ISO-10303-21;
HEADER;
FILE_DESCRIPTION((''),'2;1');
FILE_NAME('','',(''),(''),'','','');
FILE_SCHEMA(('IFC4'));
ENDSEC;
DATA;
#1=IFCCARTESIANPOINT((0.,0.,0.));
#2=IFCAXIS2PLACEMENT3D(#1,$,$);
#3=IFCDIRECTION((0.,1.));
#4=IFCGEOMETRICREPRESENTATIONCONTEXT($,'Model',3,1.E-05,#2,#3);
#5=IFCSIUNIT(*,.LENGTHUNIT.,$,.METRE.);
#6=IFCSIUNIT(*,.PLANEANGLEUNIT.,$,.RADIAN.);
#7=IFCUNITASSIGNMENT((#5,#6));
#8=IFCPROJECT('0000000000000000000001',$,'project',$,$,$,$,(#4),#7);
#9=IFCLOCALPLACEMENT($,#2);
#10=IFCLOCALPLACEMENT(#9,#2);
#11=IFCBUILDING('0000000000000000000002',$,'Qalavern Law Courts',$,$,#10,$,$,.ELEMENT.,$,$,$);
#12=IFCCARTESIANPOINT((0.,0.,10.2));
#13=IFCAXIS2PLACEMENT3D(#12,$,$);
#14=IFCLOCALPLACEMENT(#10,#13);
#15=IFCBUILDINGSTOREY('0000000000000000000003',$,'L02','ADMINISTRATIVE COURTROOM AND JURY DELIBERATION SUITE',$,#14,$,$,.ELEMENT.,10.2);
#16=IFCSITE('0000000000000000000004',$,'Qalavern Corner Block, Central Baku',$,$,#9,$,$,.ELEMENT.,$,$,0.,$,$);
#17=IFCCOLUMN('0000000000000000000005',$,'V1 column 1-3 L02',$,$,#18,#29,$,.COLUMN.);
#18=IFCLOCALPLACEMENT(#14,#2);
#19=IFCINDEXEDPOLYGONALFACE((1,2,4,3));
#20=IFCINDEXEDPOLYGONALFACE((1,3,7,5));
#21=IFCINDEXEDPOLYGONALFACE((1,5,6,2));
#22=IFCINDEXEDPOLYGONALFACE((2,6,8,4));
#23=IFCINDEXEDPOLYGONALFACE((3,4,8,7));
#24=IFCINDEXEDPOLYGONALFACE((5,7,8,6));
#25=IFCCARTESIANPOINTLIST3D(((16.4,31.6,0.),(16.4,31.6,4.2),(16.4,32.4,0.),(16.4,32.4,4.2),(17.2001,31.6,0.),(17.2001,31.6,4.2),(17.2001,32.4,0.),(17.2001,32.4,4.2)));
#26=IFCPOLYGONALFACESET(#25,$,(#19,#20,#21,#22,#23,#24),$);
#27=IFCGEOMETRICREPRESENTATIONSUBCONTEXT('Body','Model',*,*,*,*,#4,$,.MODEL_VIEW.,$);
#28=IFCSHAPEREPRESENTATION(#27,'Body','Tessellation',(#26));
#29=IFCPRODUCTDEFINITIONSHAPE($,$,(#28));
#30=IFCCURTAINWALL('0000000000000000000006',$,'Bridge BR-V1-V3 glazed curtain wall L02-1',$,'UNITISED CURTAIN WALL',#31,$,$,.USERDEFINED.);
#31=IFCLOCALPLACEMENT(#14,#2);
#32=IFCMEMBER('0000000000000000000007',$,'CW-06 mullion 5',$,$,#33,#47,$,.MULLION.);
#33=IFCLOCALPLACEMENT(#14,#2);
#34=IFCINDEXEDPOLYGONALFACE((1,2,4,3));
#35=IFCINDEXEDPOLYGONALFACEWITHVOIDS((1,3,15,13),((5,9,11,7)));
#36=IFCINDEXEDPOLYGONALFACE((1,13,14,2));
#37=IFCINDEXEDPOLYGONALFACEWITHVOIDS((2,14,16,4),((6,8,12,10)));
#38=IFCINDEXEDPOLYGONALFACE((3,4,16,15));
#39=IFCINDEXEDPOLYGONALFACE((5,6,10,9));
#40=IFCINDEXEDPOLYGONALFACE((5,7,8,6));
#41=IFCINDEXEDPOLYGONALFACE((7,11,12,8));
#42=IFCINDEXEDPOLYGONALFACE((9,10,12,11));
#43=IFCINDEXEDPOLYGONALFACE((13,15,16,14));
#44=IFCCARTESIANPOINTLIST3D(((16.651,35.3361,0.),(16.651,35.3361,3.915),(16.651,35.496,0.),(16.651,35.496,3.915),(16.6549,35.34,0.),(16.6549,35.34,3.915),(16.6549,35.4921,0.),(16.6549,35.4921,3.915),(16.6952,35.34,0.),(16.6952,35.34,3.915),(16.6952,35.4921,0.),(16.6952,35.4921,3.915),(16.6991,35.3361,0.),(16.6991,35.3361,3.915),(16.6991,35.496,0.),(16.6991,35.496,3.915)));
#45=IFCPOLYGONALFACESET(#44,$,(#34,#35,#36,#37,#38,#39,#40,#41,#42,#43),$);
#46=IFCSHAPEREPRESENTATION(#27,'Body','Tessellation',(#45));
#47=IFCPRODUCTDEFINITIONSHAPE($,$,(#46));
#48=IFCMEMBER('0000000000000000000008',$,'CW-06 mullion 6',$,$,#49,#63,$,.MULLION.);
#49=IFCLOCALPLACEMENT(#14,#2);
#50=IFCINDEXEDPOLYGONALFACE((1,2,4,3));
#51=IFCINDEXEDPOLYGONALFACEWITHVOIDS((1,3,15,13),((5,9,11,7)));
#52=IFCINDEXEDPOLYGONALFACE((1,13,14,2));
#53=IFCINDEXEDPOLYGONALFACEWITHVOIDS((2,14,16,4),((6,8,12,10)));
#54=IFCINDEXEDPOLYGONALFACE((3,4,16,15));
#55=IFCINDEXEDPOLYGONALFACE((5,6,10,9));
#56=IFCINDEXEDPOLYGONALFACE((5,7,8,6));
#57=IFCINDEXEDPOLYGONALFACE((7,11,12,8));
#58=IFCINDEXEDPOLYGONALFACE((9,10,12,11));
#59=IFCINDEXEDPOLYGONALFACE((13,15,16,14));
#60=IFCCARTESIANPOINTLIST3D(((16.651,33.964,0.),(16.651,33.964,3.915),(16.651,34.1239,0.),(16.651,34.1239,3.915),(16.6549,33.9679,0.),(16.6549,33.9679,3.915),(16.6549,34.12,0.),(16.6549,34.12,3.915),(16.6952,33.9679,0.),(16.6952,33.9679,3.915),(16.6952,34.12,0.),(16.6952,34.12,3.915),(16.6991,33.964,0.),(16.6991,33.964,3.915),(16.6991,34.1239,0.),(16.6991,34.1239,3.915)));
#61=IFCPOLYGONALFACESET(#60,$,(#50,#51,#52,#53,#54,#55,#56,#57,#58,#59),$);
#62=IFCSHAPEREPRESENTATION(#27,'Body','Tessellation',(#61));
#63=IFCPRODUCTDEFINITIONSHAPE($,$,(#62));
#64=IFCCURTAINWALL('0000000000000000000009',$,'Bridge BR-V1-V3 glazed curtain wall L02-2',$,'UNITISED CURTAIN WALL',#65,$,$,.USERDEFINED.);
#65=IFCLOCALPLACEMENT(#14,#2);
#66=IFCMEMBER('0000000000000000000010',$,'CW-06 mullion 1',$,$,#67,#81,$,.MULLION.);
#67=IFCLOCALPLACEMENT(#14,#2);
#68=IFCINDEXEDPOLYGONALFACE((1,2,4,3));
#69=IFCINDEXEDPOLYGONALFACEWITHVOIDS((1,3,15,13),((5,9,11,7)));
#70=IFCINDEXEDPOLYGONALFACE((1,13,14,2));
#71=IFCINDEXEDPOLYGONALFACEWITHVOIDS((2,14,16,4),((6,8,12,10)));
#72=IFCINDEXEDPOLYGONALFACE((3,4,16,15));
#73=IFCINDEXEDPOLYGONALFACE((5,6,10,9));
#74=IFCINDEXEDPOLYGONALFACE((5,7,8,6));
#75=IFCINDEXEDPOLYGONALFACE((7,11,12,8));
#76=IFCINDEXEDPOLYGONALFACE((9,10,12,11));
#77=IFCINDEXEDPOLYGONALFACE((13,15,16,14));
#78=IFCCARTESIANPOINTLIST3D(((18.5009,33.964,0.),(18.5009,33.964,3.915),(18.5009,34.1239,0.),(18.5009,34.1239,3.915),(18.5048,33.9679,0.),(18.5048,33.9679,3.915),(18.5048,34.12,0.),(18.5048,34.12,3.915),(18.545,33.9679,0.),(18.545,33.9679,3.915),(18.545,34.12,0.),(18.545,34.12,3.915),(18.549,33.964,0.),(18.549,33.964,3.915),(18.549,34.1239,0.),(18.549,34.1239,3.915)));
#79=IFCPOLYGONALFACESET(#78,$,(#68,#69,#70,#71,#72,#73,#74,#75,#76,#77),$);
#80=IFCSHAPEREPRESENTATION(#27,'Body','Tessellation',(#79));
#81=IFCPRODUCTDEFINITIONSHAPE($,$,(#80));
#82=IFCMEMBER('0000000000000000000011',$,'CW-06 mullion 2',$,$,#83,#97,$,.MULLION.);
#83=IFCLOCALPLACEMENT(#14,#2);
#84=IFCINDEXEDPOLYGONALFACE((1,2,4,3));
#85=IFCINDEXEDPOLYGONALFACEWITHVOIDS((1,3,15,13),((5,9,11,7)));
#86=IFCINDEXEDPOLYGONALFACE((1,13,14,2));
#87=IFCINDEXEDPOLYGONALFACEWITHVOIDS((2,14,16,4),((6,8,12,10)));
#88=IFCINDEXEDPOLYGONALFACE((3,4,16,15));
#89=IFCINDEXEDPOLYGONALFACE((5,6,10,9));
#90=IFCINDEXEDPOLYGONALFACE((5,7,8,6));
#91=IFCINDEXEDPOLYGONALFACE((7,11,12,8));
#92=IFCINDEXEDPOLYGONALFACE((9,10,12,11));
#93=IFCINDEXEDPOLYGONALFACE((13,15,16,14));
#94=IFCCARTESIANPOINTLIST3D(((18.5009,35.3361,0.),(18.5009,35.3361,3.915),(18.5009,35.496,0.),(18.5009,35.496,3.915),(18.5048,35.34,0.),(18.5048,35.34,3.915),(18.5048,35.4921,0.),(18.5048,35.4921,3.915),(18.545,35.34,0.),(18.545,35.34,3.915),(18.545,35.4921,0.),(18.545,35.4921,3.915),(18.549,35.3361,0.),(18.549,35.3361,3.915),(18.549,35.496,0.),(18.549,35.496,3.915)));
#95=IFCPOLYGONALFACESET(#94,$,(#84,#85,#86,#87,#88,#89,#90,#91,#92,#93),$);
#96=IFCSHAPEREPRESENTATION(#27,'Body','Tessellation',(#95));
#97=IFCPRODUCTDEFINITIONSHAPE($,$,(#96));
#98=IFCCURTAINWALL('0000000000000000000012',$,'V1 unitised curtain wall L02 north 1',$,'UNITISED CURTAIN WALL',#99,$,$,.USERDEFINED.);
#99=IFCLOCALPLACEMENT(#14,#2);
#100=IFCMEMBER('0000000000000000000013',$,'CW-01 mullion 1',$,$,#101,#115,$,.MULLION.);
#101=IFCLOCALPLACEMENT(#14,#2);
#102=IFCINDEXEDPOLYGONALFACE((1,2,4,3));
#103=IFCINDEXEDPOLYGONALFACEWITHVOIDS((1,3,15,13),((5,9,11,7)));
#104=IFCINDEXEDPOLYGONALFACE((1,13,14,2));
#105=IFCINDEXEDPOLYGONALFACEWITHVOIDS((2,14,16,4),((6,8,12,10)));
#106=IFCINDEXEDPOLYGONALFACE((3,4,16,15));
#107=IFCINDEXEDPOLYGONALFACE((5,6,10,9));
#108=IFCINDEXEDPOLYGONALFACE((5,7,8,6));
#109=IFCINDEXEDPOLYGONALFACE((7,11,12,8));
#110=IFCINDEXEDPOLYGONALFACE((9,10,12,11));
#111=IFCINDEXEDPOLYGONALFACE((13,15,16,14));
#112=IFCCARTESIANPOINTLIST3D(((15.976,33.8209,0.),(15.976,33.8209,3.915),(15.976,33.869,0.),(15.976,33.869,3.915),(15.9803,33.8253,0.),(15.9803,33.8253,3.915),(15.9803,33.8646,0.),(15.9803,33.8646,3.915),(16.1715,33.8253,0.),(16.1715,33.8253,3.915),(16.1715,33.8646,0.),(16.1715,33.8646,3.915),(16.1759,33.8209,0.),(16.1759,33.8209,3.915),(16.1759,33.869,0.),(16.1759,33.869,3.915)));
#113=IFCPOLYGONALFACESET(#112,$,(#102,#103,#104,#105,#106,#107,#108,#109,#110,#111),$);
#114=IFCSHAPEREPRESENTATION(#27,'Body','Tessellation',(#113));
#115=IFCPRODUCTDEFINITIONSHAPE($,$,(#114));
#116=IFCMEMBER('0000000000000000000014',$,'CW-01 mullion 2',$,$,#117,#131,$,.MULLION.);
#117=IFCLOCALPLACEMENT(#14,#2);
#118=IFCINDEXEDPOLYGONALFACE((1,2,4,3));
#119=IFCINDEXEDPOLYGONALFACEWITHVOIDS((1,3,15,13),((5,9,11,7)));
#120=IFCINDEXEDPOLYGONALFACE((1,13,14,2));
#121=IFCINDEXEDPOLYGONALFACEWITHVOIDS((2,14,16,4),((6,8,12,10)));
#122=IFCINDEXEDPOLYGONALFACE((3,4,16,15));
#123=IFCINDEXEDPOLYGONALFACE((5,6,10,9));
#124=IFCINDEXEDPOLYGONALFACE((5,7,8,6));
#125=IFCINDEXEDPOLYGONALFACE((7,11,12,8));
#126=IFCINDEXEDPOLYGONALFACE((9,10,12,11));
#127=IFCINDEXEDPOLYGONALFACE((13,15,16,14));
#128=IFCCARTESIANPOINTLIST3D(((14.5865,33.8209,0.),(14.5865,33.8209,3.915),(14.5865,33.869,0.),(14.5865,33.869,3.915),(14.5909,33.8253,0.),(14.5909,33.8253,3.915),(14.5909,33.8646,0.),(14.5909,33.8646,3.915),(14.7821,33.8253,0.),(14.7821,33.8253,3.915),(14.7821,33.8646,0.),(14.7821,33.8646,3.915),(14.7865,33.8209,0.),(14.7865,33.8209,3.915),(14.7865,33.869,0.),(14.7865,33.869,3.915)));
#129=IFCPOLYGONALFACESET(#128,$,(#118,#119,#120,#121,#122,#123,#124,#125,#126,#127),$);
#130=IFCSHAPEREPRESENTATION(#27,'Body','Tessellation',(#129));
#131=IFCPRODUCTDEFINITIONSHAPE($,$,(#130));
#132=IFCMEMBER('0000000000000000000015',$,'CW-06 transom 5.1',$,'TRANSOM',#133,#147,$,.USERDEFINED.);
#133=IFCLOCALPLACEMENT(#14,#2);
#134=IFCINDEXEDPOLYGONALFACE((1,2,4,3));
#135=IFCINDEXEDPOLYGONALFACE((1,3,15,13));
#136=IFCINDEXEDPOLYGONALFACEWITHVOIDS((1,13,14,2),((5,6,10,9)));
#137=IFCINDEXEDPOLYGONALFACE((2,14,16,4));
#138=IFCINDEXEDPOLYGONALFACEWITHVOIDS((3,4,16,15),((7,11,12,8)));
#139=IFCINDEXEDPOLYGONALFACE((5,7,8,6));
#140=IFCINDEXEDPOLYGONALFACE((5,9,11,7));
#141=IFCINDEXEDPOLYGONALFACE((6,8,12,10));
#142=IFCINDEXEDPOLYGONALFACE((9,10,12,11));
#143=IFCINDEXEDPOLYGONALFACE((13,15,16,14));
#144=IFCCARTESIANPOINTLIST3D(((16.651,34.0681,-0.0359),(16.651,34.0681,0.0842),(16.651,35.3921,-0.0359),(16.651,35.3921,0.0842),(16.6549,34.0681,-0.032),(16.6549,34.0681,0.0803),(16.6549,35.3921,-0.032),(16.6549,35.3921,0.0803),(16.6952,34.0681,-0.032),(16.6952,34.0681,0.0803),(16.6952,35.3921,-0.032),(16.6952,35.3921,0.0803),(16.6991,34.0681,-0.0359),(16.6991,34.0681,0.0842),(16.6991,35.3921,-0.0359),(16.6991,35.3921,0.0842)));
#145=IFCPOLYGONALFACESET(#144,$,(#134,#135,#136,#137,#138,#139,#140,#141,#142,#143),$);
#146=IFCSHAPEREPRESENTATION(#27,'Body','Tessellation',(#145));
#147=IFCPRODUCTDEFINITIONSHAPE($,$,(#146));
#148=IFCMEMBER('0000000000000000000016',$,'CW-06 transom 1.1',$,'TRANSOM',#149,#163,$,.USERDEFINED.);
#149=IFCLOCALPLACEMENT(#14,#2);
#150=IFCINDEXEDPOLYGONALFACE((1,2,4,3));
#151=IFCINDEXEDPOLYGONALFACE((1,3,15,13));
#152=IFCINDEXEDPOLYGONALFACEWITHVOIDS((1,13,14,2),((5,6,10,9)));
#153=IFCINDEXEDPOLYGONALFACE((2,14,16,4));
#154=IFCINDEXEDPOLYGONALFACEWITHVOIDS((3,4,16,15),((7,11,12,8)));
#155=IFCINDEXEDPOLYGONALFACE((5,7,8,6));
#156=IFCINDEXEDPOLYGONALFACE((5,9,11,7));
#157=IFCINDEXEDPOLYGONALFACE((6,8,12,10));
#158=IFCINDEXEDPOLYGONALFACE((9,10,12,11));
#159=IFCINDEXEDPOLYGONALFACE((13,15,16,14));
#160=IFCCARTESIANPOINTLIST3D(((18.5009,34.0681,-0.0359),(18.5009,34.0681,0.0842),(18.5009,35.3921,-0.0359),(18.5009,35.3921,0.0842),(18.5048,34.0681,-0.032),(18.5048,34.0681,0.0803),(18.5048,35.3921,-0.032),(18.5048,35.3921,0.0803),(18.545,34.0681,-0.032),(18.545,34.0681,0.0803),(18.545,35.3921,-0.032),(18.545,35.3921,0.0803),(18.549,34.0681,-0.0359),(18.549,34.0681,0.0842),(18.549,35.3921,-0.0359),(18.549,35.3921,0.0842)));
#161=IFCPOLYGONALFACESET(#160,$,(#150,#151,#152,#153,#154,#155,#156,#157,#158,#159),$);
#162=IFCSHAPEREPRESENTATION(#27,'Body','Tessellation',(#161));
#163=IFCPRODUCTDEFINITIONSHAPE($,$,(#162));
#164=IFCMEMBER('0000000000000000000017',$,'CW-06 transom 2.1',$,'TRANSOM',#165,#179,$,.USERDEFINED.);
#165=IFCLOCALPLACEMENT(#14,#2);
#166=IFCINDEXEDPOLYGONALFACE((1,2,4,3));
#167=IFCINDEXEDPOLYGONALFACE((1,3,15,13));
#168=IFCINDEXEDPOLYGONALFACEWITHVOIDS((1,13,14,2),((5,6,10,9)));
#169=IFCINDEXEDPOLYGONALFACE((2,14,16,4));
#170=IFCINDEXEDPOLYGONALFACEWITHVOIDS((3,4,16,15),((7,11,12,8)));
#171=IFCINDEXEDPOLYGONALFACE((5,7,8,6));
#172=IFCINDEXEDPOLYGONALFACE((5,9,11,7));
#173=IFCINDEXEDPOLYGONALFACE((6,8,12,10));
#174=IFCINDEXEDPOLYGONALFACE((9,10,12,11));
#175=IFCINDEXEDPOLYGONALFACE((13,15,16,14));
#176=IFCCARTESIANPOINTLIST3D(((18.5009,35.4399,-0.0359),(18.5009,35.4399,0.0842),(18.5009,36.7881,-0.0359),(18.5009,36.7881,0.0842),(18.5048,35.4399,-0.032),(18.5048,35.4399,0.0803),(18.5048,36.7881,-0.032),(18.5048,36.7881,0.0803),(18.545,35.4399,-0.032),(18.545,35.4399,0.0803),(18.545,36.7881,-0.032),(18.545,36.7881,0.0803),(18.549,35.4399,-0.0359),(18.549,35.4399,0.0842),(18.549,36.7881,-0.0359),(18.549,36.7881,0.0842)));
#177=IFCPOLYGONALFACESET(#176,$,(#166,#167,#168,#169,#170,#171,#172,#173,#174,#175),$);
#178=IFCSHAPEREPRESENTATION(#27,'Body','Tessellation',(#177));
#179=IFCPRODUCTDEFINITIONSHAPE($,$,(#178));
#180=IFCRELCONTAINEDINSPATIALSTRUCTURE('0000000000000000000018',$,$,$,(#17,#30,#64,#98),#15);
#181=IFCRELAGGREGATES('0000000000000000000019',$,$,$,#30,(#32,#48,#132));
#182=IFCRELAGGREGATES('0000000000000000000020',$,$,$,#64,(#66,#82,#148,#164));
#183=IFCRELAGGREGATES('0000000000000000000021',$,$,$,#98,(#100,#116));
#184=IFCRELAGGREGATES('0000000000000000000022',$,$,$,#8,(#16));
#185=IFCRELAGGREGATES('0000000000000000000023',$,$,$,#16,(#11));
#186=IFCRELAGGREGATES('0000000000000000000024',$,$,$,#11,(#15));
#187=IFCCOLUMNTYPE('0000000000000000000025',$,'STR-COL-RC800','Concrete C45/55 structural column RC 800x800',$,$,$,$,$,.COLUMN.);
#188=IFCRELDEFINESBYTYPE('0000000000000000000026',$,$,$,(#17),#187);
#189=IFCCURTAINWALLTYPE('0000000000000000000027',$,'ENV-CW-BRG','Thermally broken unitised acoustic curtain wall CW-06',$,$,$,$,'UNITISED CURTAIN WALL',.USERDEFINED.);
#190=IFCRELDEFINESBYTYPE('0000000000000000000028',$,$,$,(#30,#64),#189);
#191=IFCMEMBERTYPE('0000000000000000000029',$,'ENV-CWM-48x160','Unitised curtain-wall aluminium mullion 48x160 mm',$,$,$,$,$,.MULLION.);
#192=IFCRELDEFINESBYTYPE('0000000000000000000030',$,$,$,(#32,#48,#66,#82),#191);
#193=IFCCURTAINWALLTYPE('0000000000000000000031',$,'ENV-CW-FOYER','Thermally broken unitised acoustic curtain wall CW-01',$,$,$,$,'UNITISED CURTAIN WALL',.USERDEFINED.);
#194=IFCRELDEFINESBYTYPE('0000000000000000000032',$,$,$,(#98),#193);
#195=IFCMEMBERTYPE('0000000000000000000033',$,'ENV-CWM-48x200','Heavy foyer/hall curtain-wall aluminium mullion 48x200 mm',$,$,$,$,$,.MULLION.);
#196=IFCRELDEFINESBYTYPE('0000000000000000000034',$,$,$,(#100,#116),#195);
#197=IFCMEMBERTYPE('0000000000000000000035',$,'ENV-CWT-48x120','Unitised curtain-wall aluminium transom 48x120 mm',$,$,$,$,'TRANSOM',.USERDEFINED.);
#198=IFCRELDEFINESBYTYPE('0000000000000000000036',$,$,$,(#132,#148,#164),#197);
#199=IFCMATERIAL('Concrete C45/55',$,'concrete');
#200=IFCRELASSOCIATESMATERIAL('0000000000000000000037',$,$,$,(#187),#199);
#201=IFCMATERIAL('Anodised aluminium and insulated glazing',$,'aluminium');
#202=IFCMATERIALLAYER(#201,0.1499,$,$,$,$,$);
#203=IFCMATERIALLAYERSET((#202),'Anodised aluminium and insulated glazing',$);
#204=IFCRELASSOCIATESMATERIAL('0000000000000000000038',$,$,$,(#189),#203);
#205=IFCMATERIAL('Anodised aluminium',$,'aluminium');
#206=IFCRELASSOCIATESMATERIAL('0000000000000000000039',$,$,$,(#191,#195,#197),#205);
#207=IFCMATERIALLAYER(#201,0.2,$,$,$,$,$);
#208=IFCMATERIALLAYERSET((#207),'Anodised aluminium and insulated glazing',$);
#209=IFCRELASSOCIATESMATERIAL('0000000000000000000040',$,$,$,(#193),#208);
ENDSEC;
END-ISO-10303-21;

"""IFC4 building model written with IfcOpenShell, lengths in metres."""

from ifc_helpers import new_model, si_unit, direction, frame, origin, origin_2d, place, context, subcontext, project, spatial, rectangle, hollow_rectangle, extrude, material, layer, layer_set, material_profile, profile_set, type_object, element, aggregate, save


model = new_model("IFC4")

# Units and contexts
model_context = context("Model", 3, precision=1e-05, world=origin(), true_north=direction((0.0, 1.0)))
body_context = subcontext(model_context, "Body", "Model", "MODEL_VIEW")
ifc_project = project(units=[si_unit("LENGTHUNIT", "METRE"), si_unit("PLANEANGLEUNIT", "RADIAN")], contexts=[model_context])

# Site, building, storey
site_placement = place(None, origin())
site = spatial("IfcSite", under=ifc_project, at=site_placement, Name="Qalavern Corner Block, Central Baku", CompositionType="ELEMENT", RefElevation=0.0)
building_placement = place(site_placement, origin())
building = spatial("IfcBuilding", under=site, at=building_placement, Name="Qalavern Law Courts", CompositionType="ELEMENT")
storey_placement = place(building_placement, frame((0.0, 0.0, 10.2)))
storey = spatial("IfcBuildingStorey", under=building, at=storey_placement, Name="L02", Description="ADMINISTRATIVE COURTROOM AND JURY DELIBERATION SUITE", CompositionType="ELEMENT", Elevation=10.2)

# Column
ifc_material_1 = material(Name="Concrete C45/55", Category="concrete")
ifc_material_profile_1 = material_profile(ifc_material_1, rectangle(XDim=0.8, YDim=0.8, at=origin_2d()), Name="RC 800x800")
ifc_profile_set_1 = profile_set([ifc_material_profile_1], Name="Concrete C45/55")
column_type = type_object("IfcColumnType", Name="STR-COL-RC800", Description="Concrete C45/55 structural column RC 800x800", PredefinedType="COLUMN", material=ifc_profile_set_1)
column_placement = place(storey_placement, frame((16.8, 32.0, 0.0), z_axis=(0.0, 0.0, 1.0), x_axis=(1.0, 0.0, 0.0)))
element("IfcColumn", 1, at=column_placement, inside=storey, type_object=column_type, Name="V1 column 1-3 L02", PredefinedType="COLUMN", context=body_context, shape_type="SweptSolid", body=[
    extrude(rectangle(XDim=0.8, YDim=0.8, at=origin_2d()), origin(), (0.0, 0.0, 1.0), 4.2),
])

# Curtain walls, members
ifc_material_2 = material(Name="Anodised aluminium and insulated glazing", Category="aluminium")
ifc_layer_1 = layer(ifc_material_2, 0.1499)
ifc_layer_set_1 = layer_set([ifc_layer_1], Name="Anodised aluminium and insulated glazing")
curtain_wall_type_1 = type_object("IfcCurtainWallType", Name="ENV-CW-BRG", Description="Thermally broken unitised acoustic curtain wall CW-06", ElementType="UNITISED CURTAIN WALL", PredefinedType="USERDEFINED", material=ifc_layer_set_1)
curtain_wall_1_placement = place(storey_placement, origin())
curtain_wall_1 = element("IfcCurtainWall", 2, at=curtain_wall_1_placement, inside=storey, type_object=curtain_wall_type_1, Name="Bridge BR-V1-V3 glazed curtain wall L02-1", ObjectType="UNITISED CURTAIN WALL", PredefinedType="USERDEFINED")
ifc_material_3 = material(Name="Anodised aluminium", Category="aluminium")
ifc_material_profile_2 = material_profile(ifc_material_3, hollow_rectangle(XDim=0.0481, YDim=0.1599, WallThickness=0.0039, at=origin_2d()), Name="ALU MULLION 48x160")
ifc_profile_set_2 = profile_set([ifc_material_profile_2], Name="Anodised aluminium")
member_type_1 = type_object("IfcMemberType", Name="ENV-CWM-48x160", Description="Unitised curtain-wall aluminium mullion 48x160 mm", PredefinedType="MULLION", material=ifc_profile_set_2)
member_1_placement = place(storey_placement, frame((16.675, 35.416, 0.0), z_axis=(0.0, 0.0, 1.0), x_axis=(1.0, 0.0, 0.0)))
member_1 = element("IfcMember", 3, at=member_1_placement, type_object=member_type_1, Name="CW-06 mullion 5", PredefinedType="MULLION", context=body_context, shape_type="SweptSolid", body=[
    extrude(hollow_rectangle(XDim=0.0481, YDim=0.1599, WallThickness=0.0039, at=origin_2d()), origin(), (0.0, 0.0, 1.0), 3.915),
])
member_2_placement = place(storey_placement, frame((16.675, 34.0439, 0.0), z_axis=(0.0, 0.0, 1.0), x_axis=(1.0, 0.0, 0.0)))
member_2 = element("IfcMember", 4, at=member_2_placement, type_object=member_type_1, Name="CW-06 mullion 6", PredefinedType="MULLION", context=body_context, shape_type="SweptSolid", body=[
    extrude(hollow_rectangle(XDim=0.0481, YDim=0.1599, WallThickness=0.0039, at=origin_2d()), origin(), (0.0, 0.0, 1.0), 3.915),
])
curtain_wall_2_placement = place(storey_placement, origin())
curtain_wall_2 = element("IfcCurtainWall", 5, at=curtain_wall_2_placement, inside=storey, type_object=curtain_wall_type_1, Name="Bridge BR-V1-V3 glazed curtain wall L02-2", ObjectType="UNITISED CURTAIN WALL", PredefinedType="USERDEFINED")
member_3_placement = place(storey_placement, frame((18.5249, 34.0439, 0.0), z_axis=(0.0, 0.0, 1.0), x_axis=(-1.0, 0.0, 0.0)))
member_3 = element("IfcMember", 6, at=member_3_placement, type_object=member_type_1, Name="CW-06 mullion 1", PredefinedType="MULLION", context=body_context, shape_type="SweptSolid", body=[
    extrude(hollow_rectangle(XDim=0.0481, YDim=0.1599, WallThickness=0.0039, at=origin_2d()), origin(), (0.0, 0.0, 1.0), 3.915),
])
member_4_placement = place(storey_placement, frame((18.5249, 35.416, 0.0), z_axis=(0.0, 0.0, 1.0), x_axis=(-1.0, 0.0, 0.0)))
member_4 = element("IfcMember", 7, at=member_4_placement, type_object=member_type_1, Name="CW-06 mullion 2", PredefinedType="MULLION", context=body_context, shape_type="SweptSolid", body=[
    extrude(hollow_rectangle(XDim=0.0481, YDim=0.1599, WallThickness=0.0039, at=origin_2d()), origin(), (0.0, 0.0, 1.0), 3.915),
])
ifc_layer_2 = layer(ifc_material_2, 0.2)
ifc_layer_set_2 = layer_set([ifc_layer_2], Name="Anodised aluminium and insulated glazing")
curtain_wall_type_2 = type_object("IfcCurtainWallType", Name="ENV-CW-FOYER", Description="Thermally broken unitised acoustic curtain wall CW-01", ElementType="UNITISED CURTAIN WALL", PredefinedType="USERDEFINED", material=ifc_layer_set_2)
curtain_wall_3_placement = place(storey_placement, origin())
curtain_wall_3 = element("IfcCurtainWall", 8, at=curtain_wall_3_placement, inside=storey, type_object=curtain_wall_type_2, Name="V1 unitised curtain wall L02 north 1", ObjectType="UNITISED CURTAIN WALL", PredefinedType="USERDEFINED")
ifc_material_profile_3 = material_profile(ifc_material_3, hollow_rectangle(XDim=0.0481, YDim=0.2, WallThickness=0.0044, at=origin_2d()), Name="ALU MULLION 48x200")
ifc_profile_set_3 = profile_set([ifc_material_profile_3], Name="Anodised aluminium")
member_type_2 = type_object("IfcMemberType", Name="ENV-CWM-48x200", Description="Heavy foyer/hall curtain-wall aluminium mullion 48x200 mm", PredefinedType="MULLION", material=ifc_profile_set_3)
member_5_placement = place(storey_placement, frame((16.0759, 33.845, 0.0), z_axis=(0.0, 0.0, 1.0), x_axis=(0.0, -1.0, 0.0)))
member_5 = element("IfcMember", 9, at=member_5_placement, type_object=member_type_2, Name="CW-01 mullion 1", PredefinedType="MULLION", context=body_context, shape_type="SweptSolid", body=[
    extrude(hollow_rectangle(XDim=0.0481, YDim=0.2, WallThickness=0.0044, at=origin_2d()), origin(), (0.0, 0.0, 1.0), 3.915),
])
member_6_placement = place(storey_placement, frame((14.6865, 33.845, 0.0), z_axis=(0.0, 0.0, 1.0), x_axis=(0.0, -1.0, 0.0)))
member_6 = element("IfcMember", 10, at=member_6_placement, type_object=member_type_2, Name="CW-01 mullion 2", PredefinedType="MULLION", context=body_context, shape_type="SweptSolid", body=[
    extrude(hollow_rectangle(XDim=0.0481, YDim=0.2, WallThickness=0.0044, at=origin_2d()), origin(), (0.0, 0.0, 1.0), 3.915),
])

# Members
ifc_material_profile_4 = material_profile(ifc_material_3, hollow_rectangle(XDim=0.0481, YDim=0.1201, WallThickness=0.0039, at=origin_2d()), Name="ALU TRANSOM 48x120")
ifc_profile_set_4 = profile_set([ifc_material_profile_4], Name="Anodised aluminium")
member_type_3 = type_object("IfcMemberType", Name="ENV-CWT-48x120", Description="Unitised curtain-wall aluminium transom 48x120 mm", ElementType="TRANSOM", PredefinedType="USERDEFINED", material=ifc_profile_set_4)
member_7_placement = place(storey_placement, frame((16.675, 35.3921, 0.0242), z_axis=(0.0, -1.0, 0.0), x_axis=(1.0, 0.0, 0.0)))
member_7 = element("IfcMember", 11, at=member_7_placement, type_object=member_type_3, Name="CW-06 transom 5.1", ObjectType="TRANSOM", PredefinedType="USERDEFINED", context=body_context, shape_type="SweptSolid", body=[
    extrude(hollow_rectangle(XDim=0.0481, YDim=0.1201, WallThickness=0.0039, at=origin_2d()), origin(), (0.0, 0.0, 1.0), 1.324),
])
member_8_placement = place(storey_placement, frame((18.5249, 34.0681, 0.0242), z_axis=(0.0, 1.0, 0.0), x_axis=(-1.0, 0.0, 0.0)))
member_8 = element("IfcMember", 12, at=member_8_placement, type_object=member_type_3, Name="CW-06 transom 1.1", ObjectType="TRANSOM", PredefinedType="USERDEFINED", context=body_context, shape_type="SweptSolid", body=[
    extrude(hollow_rectangle(XDim=0.0481, YDim=0.1201, WallThickness=0.0039, at=origin_2d()), origin(), (0.0, 0.0, 1.0), 1.324),
])
member_9_placement = place(storey_placement, frame((18.5249, 35.4399, 0.0242), z_axis=(0.0, 1.0, 0.0), x_axis=(-1.0, 0.0, 0.0)))
member_9 = element("IfcMember", 13, at=member_9_placement, type_object=member_type_3, Name="CW-06 transom 2.1", ObjectType="TRANSOM", PredefinedType="USERDEFINED", context=body_context, shape_type="SweptSolid", body=[
    extrude(hollow_rectangle(XDim=0.0481, YDim=0.1201, WallThickness=0.0039, at=origin_2d()), origin(), (0.0, 0.0, 1.0), 1.3481),
])

aggregate(curtain_wall_1, [member_1, member_2, member_7])
aggregate(curtain_wall_2, [member_3, member_4, member_8, member_9])
aggregate(curtain_wall_3, [member_5, member_6])

save(model, "model.ifc")
